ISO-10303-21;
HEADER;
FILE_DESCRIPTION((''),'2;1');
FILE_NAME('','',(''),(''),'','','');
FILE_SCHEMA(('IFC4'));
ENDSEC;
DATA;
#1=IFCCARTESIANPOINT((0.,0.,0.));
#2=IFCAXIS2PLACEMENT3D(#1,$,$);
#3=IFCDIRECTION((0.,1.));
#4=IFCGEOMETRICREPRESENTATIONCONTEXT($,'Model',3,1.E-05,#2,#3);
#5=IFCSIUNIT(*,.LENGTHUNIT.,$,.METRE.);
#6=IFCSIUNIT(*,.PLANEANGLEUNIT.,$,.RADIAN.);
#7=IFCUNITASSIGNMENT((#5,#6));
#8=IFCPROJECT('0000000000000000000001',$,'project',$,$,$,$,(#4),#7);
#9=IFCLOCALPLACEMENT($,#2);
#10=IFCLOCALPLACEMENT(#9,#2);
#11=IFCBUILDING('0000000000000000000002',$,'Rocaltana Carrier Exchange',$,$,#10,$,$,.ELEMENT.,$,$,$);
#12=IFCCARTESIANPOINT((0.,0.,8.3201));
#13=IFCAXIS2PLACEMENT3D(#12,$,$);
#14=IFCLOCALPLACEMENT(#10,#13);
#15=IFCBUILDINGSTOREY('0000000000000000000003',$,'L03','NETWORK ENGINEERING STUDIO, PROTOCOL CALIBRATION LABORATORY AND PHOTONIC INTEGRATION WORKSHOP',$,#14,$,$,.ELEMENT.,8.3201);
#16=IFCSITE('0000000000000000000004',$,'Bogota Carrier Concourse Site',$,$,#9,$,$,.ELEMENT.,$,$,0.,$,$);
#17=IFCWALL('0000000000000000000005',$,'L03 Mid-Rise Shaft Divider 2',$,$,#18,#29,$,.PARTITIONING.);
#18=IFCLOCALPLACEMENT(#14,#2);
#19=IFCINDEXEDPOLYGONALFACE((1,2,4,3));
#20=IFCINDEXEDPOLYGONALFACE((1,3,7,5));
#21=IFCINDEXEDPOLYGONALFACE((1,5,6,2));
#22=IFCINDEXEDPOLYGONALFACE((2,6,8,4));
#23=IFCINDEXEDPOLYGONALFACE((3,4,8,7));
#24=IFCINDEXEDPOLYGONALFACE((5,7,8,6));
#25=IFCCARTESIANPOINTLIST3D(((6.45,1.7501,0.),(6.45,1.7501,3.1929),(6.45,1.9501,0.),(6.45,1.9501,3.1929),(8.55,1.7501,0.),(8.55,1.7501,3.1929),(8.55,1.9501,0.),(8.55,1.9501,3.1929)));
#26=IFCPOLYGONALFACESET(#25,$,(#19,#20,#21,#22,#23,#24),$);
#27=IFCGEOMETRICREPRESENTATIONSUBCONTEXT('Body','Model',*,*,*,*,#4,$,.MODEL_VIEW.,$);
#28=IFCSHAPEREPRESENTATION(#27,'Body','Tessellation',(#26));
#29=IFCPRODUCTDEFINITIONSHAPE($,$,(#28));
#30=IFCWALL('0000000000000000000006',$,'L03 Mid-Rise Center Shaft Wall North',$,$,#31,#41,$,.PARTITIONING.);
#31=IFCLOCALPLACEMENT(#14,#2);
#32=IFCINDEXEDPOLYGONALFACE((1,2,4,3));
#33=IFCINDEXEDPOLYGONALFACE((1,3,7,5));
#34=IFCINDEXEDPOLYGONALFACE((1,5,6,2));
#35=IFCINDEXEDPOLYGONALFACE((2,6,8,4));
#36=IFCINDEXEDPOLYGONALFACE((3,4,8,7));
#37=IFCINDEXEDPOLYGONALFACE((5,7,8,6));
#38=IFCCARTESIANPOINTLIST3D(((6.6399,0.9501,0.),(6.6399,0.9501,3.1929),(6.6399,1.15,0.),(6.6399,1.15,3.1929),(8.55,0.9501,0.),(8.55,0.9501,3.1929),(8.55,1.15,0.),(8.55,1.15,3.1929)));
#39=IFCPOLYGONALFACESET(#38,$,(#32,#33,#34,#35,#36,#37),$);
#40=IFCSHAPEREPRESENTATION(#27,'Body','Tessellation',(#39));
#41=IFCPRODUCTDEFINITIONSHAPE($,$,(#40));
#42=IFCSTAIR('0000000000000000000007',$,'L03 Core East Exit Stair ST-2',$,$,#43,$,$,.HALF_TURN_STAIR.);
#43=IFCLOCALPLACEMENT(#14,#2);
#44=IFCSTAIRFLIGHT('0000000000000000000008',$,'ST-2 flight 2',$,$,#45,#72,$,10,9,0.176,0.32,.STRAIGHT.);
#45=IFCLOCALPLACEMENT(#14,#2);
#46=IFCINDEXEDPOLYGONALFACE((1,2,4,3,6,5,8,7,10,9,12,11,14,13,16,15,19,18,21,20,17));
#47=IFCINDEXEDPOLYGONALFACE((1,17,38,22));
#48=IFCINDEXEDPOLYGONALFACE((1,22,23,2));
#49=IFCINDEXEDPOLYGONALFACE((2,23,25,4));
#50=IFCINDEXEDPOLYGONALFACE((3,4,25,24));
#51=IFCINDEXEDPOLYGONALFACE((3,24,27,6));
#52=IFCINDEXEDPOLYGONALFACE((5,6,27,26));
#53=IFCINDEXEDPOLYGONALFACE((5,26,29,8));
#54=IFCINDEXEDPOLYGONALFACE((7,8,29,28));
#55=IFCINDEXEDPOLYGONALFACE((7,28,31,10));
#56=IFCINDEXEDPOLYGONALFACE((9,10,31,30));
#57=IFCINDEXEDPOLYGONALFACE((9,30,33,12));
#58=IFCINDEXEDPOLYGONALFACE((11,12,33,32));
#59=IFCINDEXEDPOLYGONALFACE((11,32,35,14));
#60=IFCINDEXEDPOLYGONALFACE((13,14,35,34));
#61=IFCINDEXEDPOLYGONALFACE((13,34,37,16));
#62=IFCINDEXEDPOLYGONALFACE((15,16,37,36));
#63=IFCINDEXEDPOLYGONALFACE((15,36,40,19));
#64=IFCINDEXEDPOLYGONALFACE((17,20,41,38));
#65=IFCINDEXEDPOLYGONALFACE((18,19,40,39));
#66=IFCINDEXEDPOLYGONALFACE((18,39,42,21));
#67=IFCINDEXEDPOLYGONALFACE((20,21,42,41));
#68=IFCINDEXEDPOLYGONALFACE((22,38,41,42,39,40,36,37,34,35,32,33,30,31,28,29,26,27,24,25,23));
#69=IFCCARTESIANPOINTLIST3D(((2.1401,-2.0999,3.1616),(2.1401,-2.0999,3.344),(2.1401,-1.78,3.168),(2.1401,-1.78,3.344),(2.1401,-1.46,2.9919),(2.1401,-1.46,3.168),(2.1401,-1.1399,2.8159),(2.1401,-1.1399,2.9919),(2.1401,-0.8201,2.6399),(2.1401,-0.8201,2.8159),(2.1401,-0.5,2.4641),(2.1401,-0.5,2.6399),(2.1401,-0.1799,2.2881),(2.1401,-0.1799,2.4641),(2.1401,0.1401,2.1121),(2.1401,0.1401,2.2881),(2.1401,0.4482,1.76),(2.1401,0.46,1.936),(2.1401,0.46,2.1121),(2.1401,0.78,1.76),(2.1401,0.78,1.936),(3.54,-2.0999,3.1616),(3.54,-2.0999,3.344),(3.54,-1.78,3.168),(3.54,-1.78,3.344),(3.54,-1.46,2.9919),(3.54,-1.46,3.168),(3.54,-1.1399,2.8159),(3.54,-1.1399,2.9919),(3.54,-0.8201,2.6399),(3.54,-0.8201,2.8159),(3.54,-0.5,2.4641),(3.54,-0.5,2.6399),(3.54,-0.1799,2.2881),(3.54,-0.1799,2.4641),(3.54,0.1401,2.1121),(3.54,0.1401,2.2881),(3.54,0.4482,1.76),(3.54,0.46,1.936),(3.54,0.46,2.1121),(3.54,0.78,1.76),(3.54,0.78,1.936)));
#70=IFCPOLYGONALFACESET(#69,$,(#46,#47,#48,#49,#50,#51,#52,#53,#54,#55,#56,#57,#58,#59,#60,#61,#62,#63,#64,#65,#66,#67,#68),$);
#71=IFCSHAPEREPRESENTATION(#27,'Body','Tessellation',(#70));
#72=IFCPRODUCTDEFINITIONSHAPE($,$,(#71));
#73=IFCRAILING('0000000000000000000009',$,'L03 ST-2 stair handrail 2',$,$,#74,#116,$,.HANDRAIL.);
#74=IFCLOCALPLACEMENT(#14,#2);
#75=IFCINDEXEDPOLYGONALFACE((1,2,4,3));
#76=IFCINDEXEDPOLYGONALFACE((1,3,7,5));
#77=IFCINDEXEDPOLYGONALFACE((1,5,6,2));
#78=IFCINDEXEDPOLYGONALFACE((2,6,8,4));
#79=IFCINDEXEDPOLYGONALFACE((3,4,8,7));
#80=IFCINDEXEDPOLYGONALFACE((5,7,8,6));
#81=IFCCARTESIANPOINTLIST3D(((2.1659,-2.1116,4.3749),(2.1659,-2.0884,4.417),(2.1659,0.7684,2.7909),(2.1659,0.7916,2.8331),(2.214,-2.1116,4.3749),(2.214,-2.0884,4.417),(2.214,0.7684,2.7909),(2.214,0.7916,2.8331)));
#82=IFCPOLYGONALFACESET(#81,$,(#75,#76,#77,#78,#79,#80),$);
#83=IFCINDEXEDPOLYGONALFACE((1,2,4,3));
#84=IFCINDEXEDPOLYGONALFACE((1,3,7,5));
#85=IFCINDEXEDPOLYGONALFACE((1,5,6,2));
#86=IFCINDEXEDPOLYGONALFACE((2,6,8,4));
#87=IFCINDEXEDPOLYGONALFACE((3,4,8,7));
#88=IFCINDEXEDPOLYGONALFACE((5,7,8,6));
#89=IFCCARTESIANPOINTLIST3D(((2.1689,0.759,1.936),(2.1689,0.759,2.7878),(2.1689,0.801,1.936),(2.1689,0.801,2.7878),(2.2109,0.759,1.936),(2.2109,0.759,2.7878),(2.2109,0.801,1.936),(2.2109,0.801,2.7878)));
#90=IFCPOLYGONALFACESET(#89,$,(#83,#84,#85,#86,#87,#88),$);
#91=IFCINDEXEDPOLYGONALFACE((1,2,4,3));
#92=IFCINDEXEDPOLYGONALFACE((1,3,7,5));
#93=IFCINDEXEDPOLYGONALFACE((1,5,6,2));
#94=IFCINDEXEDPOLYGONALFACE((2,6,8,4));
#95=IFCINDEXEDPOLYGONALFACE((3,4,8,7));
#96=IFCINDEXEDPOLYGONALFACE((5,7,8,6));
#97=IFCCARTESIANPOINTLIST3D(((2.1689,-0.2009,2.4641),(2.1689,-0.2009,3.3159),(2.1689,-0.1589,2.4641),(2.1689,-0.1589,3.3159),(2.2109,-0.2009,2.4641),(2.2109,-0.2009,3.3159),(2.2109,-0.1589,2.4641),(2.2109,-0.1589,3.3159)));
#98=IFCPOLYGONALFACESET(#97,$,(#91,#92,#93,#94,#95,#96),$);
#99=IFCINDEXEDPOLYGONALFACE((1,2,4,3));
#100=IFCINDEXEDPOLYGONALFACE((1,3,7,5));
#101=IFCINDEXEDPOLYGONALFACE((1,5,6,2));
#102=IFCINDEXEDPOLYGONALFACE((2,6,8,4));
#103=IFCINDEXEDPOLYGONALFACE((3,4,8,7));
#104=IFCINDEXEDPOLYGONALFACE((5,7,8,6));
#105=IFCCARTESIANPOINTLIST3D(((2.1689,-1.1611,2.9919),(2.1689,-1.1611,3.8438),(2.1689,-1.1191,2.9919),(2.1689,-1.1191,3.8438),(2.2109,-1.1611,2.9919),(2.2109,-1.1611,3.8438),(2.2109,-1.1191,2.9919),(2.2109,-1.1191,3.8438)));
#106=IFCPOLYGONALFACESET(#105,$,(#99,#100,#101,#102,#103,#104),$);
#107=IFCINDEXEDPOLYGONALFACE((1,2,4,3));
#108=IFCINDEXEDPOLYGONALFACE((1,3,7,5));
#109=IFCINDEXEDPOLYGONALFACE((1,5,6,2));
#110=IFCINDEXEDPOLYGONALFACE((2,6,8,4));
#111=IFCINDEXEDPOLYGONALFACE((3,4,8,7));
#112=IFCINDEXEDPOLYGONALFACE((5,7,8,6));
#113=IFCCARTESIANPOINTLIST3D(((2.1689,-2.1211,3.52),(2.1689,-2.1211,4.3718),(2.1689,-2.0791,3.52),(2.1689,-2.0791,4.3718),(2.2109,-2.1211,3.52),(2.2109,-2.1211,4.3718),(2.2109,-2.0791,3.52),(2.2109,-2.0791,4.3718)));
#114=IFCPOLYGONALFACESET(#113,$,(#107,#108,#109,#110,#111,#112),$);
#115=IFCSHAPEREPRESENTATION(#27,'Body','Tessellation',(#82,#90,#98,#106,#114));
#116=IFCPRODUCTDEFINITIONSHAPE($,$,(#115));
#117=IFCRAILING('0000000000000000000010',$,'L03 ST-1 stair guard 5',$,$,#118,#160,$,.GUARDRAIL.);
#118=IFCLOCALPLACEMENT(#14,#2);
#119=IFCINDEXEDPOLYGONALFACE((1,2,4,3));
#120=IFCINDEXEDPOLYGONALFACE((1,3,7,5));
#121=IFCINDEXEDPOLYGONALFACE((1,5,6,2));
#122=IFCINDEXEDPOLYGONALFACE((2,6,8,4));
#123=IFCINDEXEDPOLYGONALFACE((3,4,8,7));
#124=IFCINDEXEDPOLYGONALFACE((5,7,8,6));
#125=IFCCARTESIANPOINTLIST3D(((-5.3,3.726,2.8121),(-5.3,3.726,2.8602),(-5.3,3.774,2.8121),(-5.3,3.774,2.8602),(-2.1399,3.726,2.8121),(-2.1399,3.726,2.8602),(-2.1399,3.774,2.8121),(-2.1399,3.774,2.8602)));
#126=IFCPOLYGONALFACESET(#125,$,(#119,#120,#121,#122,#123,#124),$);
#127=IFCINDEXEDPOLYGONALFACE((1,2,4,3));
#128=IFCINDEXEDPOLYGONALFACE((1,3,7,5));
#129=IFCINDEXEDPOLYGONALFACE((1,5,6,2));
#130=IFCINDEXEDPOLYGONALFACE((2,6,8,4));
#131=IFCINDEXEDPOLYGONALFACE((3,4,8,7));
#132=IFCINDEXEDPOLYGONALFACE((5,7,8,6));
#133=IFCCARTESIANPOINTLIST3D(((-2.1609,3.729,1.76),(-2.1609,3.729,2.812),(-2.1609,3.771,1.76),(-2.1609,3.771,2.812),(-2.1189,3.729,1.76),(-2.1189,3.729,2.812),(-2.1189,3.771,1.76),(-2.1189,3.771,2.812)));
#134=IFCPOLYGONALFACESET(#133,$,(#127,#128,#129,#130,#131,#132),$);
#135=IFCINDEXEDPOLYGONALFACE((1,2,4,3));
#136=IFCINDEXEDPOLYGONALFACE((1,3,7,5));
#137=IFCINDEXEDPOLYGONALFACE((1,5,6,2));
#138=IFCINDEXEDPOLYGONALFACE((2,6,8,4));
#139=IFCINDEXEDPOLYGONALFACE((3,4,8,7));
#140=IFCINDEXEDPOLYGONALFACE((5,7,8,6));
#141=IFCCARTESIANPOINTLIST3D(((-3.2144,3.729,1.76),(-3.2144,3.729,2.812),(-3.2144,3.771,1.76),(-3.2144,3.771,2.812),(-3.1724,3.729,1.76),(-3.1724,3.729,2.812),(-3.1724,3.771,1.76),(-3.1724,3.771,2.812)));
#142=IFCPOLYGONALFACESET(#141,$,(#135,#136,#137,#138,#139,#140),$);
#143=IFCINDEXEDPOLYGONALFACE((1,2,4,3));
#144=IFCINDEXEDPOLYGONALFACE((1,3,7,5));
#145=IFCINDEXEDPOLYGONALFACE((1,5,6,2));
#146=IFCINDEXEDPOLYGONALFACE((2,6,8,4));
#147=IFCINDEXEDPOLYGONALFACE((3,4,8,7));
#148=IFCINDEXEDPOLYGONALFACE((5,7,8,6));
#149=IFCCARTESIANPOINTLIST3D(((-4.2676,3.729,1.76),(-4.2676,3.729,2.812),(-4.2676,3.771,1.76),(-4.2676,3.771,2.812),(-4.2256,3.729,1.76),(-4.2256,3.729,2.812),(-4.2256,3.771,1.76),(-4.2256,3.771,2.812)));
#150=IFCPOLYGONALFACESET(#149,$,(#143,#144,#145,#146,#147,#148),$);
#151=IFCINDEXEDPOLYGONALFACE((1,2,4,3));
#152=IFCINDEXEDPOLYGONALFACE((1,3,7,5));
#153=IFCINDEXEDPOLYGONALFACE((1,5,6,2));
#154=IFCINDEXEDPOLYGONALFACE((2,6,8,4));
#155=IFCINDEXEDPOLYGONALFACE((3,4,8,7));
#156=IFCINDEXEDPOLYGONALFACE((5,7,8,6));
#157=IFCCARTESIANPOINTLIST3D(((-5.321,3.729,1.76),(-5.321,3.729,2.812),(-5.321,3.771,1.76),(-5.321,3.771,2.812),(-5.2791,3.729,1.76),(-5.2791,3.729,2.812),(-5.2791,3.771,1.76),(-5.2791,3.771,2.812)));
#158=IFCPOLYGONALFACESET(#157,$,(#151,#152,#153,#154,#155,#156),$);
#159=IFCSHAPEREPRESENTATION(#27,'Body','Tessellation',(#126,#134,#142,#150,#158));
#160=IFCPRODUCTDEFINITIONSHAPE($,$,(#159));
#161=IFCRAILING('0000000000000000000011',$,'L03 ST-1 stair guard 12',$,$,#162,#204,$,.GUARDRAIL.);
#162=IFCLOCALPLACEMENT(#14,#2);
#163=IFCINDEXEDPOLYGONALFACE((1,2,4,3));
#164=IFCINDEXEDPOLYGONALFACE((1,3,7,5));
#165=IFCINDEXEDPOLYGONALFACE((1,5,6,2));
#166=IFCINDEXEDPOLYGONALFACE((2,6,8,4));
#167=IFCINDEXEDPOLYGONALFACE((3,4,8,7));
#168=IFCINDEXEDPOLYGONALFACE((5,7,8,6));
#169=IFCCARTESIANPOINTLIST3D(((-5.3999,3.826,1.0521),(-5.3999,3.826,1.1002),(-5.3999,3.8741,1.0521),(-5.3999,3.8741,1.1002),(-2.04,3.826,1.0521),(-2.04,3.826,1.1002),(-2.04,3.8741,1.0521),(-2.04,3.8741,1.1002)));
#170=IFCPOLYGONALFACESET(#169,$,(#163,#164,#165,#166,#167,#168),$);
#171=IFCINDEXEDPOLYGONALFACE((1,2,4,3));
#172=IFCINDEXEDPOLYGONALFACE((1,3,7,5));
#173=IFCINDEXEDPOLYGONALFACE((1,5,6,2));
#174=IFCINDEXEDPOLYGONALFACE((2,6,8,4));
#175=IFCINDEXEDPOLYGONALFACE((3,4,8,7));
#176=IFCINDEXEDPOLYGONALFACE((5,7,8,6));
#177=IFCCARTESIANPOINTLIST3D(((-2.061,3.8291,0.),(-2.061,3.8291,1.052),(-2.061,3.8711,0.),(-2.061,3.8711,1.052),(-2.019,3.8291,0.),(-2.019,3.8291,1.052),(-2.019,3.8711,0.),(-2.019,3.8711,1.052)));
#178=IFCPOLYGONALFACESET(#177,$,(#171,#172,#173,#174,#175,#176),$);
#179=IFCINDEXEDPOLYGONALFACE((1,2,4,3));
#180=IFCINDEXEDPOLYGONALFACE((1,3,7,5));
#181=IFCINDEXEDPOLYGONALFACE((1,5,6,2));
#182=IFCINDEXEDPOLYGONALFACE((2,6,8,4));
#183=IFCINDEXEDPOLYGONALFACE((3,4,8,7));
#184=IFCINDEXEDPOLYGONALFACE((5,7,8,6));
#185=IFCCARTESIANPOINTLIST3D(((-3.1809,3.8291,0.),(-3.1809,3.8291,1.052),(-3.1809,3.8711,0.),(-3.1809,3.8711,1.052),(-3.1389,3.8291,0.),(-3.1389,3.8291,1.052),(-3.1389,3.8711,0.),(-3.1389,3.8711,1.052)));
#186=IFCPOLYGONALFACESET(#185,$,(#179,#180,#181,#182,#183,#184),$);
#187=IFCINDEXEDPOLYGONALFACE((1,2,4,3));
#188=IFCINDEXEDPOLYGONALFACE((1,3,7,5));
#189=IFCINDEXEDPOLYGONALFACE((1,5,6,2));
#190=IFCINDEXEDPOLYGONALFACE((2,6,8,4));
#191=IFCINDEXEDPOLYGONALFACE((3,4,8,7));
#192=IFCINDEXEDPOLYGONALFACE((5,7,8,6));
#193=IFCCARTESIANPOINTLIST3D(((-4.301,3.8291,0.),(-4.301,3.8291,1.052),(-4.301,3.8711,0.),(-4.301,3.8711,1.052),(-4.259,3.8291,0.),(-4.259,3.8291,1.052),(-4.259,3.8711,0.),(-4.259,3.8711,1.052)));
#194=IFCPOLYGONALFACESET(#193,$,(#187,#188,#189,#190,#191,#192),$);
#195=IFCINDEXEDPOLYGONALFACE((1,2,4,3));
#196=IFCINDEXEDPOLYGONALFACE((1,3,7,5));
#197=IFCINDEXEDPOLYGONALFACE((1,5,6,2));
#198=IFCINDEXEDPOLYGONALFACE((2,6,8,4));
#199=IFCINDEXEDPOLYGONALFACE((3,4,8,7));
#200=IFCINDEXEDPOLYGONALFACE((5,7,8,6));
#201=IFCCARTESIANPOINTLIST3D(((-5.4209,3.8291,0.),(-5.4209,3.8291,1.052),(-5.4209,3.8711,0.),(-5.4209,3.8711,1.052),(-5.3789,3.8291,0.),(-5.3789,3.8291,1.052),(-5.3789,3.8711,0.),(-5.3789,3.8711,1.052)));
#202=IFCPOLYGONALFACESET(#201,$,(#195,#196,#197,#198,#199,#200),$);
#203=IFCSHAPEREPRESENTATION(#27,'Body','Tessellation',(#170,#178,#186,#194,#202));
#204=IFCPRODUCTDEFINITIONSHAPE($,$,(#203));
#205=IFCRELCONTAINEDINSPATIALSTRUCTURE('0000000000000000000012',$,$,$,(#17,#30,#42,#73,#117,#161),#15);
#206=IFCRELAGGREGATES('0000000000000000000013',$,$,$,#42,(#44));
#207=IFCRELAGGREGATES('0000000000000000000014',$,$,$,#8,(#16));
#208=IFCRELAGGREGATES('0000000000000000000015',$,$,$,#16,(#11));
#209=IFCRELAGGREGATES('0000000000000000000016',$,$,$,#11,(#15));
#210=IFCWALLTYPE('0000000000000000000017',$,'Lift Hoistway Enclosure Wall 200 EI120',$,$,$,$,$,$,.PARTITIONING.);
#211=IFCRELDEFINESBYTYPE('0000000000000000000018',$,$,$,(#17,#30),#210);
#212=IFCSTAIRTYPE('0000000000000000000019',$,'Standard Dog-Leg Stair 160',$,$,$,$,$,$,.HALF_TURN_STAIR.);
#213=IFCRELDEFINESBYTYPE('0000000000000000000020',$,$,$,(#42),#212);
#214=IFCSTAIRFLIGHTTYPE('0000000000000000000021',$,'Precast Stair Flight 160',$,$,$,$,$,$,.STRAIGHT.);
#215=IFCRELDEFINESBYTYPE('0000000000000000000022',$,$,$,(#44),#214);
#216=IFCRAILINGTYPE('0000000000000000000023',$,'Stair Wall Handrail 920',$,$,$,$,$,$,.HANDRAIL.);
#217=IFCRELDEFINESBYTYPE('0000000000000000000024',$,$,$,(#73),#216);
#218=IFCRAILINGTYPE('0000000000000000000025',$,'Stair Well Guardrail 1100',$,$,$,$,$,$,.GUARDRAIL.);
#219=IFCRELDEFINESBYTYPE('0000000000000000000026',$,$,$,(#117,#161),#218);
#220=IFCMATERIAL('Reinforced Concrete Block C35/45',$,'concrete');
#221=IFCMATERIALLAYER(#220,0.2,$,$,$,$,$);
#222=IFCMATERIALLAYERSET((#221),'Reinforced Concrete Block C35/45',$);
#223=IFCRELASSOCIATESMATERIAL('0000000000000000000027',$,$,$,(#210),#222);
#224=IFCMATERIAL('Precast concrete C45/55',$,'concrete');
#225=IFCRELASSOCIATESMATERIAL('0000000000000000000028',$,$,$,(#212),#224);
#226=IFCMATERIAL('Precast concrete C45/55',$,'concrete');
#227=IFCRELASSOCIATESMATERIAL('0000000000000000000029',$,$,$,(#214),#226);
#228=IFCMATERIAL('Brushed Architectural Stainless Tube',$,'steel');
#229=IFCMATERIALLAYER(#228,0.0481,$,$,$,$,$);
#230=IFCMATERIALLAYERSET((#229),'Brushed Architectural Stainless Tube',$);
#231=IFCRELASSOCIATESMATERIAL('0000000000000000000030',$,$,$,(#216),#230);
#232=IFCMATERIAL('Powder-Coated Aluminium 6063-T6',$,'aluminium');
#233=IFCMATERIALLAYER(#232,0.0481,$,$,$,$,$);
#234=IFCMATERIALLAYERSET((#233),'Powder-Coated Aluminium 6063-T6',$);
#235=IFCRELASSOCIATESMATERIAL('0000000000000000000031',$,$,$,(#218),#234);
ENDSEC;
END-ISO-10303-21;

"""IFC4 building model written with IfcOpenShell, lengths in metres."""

from ifc_helpers import new_model, si_unit, direction, frame, frame_2d, origin, origin_2d, place, context, subcontext, project, spatial, polyline, rectangle, outline, extrude, material, layer, layer_set, type_object, element, aggregate, save


model = new_model("IFC4")

# Units and contexts
model_context = context("Model", 3, precision=1e-05, world=origin(), true_north=direction((0.0, 1.0)))
body_context = subcontext(model_context, "Body", "Model", "MODEL_VIEW")
ifc_project = project(units=[si_unit("LENGTHUNIT", "METRE"), si_unit("PLANEANGLEUNIT", "RADIAN")], contexts=[model_context])

# Site, building, storey
site_placement = place(None, origin())
site = spatial("IfcSite", under=ifc_project, at=site_placement, Name="Bogota Carrier Concourse Site", CompositionType="ELEMENT", RefElevation=0.0)
building_placement = place(site_placement, origin())
building = spatial("IfcBuilding", under=site, at=building_placement, Name="Rocaltana Carrier Exchange", CompositionType="ELEMENT")
storey_placement = place(building_placement, frame((0.0, 0.0, 8.3201)))
storey = spatial("IfcBuildingStorey", under=building, at=storey_placement, Name="L03", Description="NETWORK ENGINEERING STUDIO, PROTOCOL CALIBRATION LABORATORY AND PHOTONIC INTEGRATION WORKSHOP", CompositionType="ELEMENT", Elevation=8.3201)

# Walls
ifc_material_1 = material(Name="Reinforced Concrete Block C35/45", Category="concrete")
ifc_layer_1 = layer(ifc_material_1, 0.2)
ifc_layer_set_1 = layer_set([ifc_layer_1], Name="Reinforced Concrete Block C35/45")
wall_type_1 = type_object("IfcWallType", Name="Lift Hoistway Enclosure Wall 200 EI120", PredefinedType="PARTITIONING", material=ifc_layer_set_1)
wall_1_placement = place(storey_placement, frame((6.45, 1.8501, 0.0), z_axis=(0.0, 0.0, 1.0), x_axis=(1.0, 0.0, 0.0)))
element("IfcWall", 1, at=wall_1_placement, inside=storey, type_object=wall_type_1, Name="L03 Mid-Rise Shaft Divider 2", PredefinedType="PARTITIONING", context=body_context, shape_type="SweptSolid", body=[
    extrude(rectangle(XDim=2.1001, YDim=0.2, at=frame_2d((1.05, 0.0))), origin(), (0.0, 0.0, 1.0), 3.1929),
])
wall_2_placement = place(storey_placement, frame((6.6399, 1.05, 0.0), z_axis=(0.0, 0.0, 1.0), x_axis=(1.0, 0.0, 0.0)))
element("IfcWall", 2, at=wall_2_placement, inside=storey, type_object=wall_type_1, Name="L03 Mid-Rise Center Shaft Wall North", PredefinedType="PARTITIONING", context=body_context, shape_type="SweptSolid", body=[
    extrude(rectangle(XDim=1.9102, YDim=0.2, at=frame_2d((0.9551, 0.0))), origin(), (0.0, 0.0, 1.0), 3.1929),
])

# Stair, stair flight
ifc_material_2 = material(Name="Precast concrete C45/55", Category="concrete")
stair_type = type_object("IfcStairType", Name="Standard Dog-Leg Stair 160", PredefinedType="HALF_TURN_STAIR", material=ifc_material_2)
stair_placement = place(storey_placement, origin())
stair = element("IfcStair", 3, at=stair_placement, inside=storey, type_object=stair_type, Name="L03 Core East Exit Stair ST-2", PredefinedType="HALF_TURN_STAIR")
ifc_material_3 = material(Name="Precast concrete C45/55", Category="concrete")
stair_flight_type = type_object("IfcStairFlightType", Name="Precast Stair Flight 160", PredefinedType="STRAIGHT", material=ifc_material_3)
stair_flight_placement = place(storey_placement, frame((2.8401, 0.78, 1.76), z_axis=(0.0, 0.0, 1.0), x_axis=(0.0, -1.0, 0.0)))
stair_flight = element("IfcStairFlight", 4, at=stair_flight_placement, type_object=stair_flight_type, Name="ST-2 flight 2", NumberOfRisers=10, NumberOfTreads=9, PredefinedType="STRAIGHT", RiserHeight=0.176, TreadLength=0.32, context=body_context, shape_type="SweptSolid", body=[
    extrude(outline(polyline([(0.0, 0.0), (0.0, 0.176), (0.3201, 0.176), (0.3201, 0.3521), (0.6399, 0.3521), (0.6399, 0.5281), (0.96, 0.5281), (0.96, 0.7041), (1.28, 0.7041), (1.28, 0.8799), (1.6001, 0.8799), (1.6001, 1.0559), (1.9199, 1.0559), (1.9199, 1.2319), (2.24, 1.2319), (2.24, 1.408), (2.5601, 1.408), (2.5601, 1.584), (2.8799, 1.584), (2.8799, 1.76), (2.8799, 1.4016), (0.3318, 0.0), (0.0, 0.0)])), frame((0.0, 0.7, 0.0), z_axis=(0.0, -1.0, 0.0), x_axis=(1.0, 0.0, 0.0)), (0.0, 0.0, 1.0), 1.3999),
])
aggregate(stair, [stair_flight])

# Railings
ifc_material_4 = material(Name="Brushed Architectural Stainless Tube", Category="steel")
ifc_layer_2 = layer(ifc_material_4, 0.0481)
ifc_layer_set_2 = layer_set([ifc_layer_2], Name="Brushed Architectural Stainless Tube")
railing_type_1 = type_object("IfcRailingType", Name="Stair Wall Handrail 920", PredefinedType="HANDRAIL", material=ifc_layer_set_2)
railing_1_placement = place(storey_placement, frame((2.1899, 0.78, 1.936)))
element("IfcRailing", 5, at=railing_1_placement, inside=storey, type_object=railing_type_1, Name="L03 ST-2 stair handrail 2", PredefinedType="HANDRAIL", context=body_context, shape_type="SweptSolid", body=[
    extrude(rectangle(XDim=0.0481, YDim=0.0481, at=origin_2d()), frame((0.0, 0.0, 0.876), z_axis=(0.0, -0.876227, 0.481899), x_axis=(1.0, 0.0, 0.0)), (0.0, 0.0, 1.0), 3.2869),
    extrude(rectangle(XDim=0.042, YDim=0.042, at=origin_2d()), origin(), (0.0, 0.0, 1.0), 0.8518),
    extrude(rectangle(XDim=0.042, YDim=0.042, at=origin_2d()), frame((0.0, -0.96, 0.5281)), (0.0, 0.0, 1.0), 0.8518),
    extrude(rectangle(XDim=0.042, YDim=0.042, at=origin_2d()), frame((0.0, -1.9202, 1.0559)), (0.0, 0.0, 1.0), 0.8518),
    extrude(rectangle(XDim=0.042, YDim=0.042, at=origin_2d()), frame((0.0, -2.8801, 1.584)), (0.0, 0.0, 1.0), 0.8518),
])
ifc_material_5 = material(Name="Powder-Coated Aluminium 6063-T6", Category="aluminium")
ifc_layer_3 = layer(ifc_material_5, 0.0481)
ifc_layer_set_3 = layer_set([ifc_layer_3], Name="Powder-Coated Aluminium 6063-T6")
railing_type_2 = type_object("IfcRailingType", Name="Stair Well Guardrail 1100", PredefinedType="GUARDRAIL", material=ifc_layer_set_3)
railing_2_placement = place(storey_placement, frame((-2.1399, 3.75, 1.76)))
element("IfcRailing", 6, at=railing_2_placement, inside=storey, type_object=railing_type_2, Name="L03 ST-1 stair guard 5", PredefinedType="GUARDRAIL", context=body_context, shape_type="SweptSolid", body=[
    extrude(rectangle(XDim=0.0481, YDim=0.0481, at=origin_2d()), frame((0.0, 0.0, 1.0762), z_axis=(-1.0, 0.0, 0.0), x_axis=(0.0, -1.0, 0.0)), (0.0, 0.0, 1.0), 3.1602),
    extrude(rectangle(XDim=0.042, YDim=0.042, at=origin_2d()), origin(), (0.0, 0.0, 1.0), 1.052),
    extrude(rectangle(XDim=0.042, YDim=0.042, at=origin_2d()), frame((-1.0535, 0.0, 0.0)), (0.0, 0.0, 1.0), 1.052),
    extrude(rectangle(XDim=0.042, YDim=0.042, at=origin_2d()), frame((-2.1067, 0.0, 0.0)), (0.0, 0.0, 1.0), 1.052),
    extrude(rectangle(XDim=0.042, YDim=0.042, at=origin_2d()), frame((-3.1602, 0.0, 0.0)), (0.0, 0.0, 1.0), 1.052),
])
railing_3_placement = place(storey_placement, frame((-2.04, 3.8501, 0.0)))
element("IfcRailing", 7, at=railing_3_placement, inside=storey, type_object=railing_type_2, Name="L03 ST-1 stair guard 12", PredefinedType="GUARDRAIL", context=body_context, shape_type="SweptSolid", body=[
    extrude(rectangle(XDim=0.0481, YDim=0.0481, at=origin_2d()), frame((0.0, 0.0, 1.0762), z_axis=(-1.0, 0.0, 0.0), x_axis=(0.0, -1.0, 0.0)), (0.0, 0.0, 1.0), 3.3599),
    extrude(rectangle(XDim=0.042, YDim=0.042, at=origin_2d()), origin(), (0.0, 0.0, 1.0), 1.052),
    extrude(rectangle(XDim=0.042, YDim=0.042, at=origin_2d()), frame((-1.1199, 0.0, 0.0)), (0.0, 0.0, 1.0), 1.052),
    extrude(rectangle(XDim=0.042, YDim=0.042, at=origin_2d()), frame((-2.24, 0.0, 0.0)), (0.0, 0.0, 1.0), 1.052),
    extrude(rectangle(XDim=0.042, YDim=0.042, at=origin_2d()), frame((-3.3599, 0.0, 0.0)), (0.0, 0.0, 1.0), 1.052),
])

save(model, "model.ifc")
